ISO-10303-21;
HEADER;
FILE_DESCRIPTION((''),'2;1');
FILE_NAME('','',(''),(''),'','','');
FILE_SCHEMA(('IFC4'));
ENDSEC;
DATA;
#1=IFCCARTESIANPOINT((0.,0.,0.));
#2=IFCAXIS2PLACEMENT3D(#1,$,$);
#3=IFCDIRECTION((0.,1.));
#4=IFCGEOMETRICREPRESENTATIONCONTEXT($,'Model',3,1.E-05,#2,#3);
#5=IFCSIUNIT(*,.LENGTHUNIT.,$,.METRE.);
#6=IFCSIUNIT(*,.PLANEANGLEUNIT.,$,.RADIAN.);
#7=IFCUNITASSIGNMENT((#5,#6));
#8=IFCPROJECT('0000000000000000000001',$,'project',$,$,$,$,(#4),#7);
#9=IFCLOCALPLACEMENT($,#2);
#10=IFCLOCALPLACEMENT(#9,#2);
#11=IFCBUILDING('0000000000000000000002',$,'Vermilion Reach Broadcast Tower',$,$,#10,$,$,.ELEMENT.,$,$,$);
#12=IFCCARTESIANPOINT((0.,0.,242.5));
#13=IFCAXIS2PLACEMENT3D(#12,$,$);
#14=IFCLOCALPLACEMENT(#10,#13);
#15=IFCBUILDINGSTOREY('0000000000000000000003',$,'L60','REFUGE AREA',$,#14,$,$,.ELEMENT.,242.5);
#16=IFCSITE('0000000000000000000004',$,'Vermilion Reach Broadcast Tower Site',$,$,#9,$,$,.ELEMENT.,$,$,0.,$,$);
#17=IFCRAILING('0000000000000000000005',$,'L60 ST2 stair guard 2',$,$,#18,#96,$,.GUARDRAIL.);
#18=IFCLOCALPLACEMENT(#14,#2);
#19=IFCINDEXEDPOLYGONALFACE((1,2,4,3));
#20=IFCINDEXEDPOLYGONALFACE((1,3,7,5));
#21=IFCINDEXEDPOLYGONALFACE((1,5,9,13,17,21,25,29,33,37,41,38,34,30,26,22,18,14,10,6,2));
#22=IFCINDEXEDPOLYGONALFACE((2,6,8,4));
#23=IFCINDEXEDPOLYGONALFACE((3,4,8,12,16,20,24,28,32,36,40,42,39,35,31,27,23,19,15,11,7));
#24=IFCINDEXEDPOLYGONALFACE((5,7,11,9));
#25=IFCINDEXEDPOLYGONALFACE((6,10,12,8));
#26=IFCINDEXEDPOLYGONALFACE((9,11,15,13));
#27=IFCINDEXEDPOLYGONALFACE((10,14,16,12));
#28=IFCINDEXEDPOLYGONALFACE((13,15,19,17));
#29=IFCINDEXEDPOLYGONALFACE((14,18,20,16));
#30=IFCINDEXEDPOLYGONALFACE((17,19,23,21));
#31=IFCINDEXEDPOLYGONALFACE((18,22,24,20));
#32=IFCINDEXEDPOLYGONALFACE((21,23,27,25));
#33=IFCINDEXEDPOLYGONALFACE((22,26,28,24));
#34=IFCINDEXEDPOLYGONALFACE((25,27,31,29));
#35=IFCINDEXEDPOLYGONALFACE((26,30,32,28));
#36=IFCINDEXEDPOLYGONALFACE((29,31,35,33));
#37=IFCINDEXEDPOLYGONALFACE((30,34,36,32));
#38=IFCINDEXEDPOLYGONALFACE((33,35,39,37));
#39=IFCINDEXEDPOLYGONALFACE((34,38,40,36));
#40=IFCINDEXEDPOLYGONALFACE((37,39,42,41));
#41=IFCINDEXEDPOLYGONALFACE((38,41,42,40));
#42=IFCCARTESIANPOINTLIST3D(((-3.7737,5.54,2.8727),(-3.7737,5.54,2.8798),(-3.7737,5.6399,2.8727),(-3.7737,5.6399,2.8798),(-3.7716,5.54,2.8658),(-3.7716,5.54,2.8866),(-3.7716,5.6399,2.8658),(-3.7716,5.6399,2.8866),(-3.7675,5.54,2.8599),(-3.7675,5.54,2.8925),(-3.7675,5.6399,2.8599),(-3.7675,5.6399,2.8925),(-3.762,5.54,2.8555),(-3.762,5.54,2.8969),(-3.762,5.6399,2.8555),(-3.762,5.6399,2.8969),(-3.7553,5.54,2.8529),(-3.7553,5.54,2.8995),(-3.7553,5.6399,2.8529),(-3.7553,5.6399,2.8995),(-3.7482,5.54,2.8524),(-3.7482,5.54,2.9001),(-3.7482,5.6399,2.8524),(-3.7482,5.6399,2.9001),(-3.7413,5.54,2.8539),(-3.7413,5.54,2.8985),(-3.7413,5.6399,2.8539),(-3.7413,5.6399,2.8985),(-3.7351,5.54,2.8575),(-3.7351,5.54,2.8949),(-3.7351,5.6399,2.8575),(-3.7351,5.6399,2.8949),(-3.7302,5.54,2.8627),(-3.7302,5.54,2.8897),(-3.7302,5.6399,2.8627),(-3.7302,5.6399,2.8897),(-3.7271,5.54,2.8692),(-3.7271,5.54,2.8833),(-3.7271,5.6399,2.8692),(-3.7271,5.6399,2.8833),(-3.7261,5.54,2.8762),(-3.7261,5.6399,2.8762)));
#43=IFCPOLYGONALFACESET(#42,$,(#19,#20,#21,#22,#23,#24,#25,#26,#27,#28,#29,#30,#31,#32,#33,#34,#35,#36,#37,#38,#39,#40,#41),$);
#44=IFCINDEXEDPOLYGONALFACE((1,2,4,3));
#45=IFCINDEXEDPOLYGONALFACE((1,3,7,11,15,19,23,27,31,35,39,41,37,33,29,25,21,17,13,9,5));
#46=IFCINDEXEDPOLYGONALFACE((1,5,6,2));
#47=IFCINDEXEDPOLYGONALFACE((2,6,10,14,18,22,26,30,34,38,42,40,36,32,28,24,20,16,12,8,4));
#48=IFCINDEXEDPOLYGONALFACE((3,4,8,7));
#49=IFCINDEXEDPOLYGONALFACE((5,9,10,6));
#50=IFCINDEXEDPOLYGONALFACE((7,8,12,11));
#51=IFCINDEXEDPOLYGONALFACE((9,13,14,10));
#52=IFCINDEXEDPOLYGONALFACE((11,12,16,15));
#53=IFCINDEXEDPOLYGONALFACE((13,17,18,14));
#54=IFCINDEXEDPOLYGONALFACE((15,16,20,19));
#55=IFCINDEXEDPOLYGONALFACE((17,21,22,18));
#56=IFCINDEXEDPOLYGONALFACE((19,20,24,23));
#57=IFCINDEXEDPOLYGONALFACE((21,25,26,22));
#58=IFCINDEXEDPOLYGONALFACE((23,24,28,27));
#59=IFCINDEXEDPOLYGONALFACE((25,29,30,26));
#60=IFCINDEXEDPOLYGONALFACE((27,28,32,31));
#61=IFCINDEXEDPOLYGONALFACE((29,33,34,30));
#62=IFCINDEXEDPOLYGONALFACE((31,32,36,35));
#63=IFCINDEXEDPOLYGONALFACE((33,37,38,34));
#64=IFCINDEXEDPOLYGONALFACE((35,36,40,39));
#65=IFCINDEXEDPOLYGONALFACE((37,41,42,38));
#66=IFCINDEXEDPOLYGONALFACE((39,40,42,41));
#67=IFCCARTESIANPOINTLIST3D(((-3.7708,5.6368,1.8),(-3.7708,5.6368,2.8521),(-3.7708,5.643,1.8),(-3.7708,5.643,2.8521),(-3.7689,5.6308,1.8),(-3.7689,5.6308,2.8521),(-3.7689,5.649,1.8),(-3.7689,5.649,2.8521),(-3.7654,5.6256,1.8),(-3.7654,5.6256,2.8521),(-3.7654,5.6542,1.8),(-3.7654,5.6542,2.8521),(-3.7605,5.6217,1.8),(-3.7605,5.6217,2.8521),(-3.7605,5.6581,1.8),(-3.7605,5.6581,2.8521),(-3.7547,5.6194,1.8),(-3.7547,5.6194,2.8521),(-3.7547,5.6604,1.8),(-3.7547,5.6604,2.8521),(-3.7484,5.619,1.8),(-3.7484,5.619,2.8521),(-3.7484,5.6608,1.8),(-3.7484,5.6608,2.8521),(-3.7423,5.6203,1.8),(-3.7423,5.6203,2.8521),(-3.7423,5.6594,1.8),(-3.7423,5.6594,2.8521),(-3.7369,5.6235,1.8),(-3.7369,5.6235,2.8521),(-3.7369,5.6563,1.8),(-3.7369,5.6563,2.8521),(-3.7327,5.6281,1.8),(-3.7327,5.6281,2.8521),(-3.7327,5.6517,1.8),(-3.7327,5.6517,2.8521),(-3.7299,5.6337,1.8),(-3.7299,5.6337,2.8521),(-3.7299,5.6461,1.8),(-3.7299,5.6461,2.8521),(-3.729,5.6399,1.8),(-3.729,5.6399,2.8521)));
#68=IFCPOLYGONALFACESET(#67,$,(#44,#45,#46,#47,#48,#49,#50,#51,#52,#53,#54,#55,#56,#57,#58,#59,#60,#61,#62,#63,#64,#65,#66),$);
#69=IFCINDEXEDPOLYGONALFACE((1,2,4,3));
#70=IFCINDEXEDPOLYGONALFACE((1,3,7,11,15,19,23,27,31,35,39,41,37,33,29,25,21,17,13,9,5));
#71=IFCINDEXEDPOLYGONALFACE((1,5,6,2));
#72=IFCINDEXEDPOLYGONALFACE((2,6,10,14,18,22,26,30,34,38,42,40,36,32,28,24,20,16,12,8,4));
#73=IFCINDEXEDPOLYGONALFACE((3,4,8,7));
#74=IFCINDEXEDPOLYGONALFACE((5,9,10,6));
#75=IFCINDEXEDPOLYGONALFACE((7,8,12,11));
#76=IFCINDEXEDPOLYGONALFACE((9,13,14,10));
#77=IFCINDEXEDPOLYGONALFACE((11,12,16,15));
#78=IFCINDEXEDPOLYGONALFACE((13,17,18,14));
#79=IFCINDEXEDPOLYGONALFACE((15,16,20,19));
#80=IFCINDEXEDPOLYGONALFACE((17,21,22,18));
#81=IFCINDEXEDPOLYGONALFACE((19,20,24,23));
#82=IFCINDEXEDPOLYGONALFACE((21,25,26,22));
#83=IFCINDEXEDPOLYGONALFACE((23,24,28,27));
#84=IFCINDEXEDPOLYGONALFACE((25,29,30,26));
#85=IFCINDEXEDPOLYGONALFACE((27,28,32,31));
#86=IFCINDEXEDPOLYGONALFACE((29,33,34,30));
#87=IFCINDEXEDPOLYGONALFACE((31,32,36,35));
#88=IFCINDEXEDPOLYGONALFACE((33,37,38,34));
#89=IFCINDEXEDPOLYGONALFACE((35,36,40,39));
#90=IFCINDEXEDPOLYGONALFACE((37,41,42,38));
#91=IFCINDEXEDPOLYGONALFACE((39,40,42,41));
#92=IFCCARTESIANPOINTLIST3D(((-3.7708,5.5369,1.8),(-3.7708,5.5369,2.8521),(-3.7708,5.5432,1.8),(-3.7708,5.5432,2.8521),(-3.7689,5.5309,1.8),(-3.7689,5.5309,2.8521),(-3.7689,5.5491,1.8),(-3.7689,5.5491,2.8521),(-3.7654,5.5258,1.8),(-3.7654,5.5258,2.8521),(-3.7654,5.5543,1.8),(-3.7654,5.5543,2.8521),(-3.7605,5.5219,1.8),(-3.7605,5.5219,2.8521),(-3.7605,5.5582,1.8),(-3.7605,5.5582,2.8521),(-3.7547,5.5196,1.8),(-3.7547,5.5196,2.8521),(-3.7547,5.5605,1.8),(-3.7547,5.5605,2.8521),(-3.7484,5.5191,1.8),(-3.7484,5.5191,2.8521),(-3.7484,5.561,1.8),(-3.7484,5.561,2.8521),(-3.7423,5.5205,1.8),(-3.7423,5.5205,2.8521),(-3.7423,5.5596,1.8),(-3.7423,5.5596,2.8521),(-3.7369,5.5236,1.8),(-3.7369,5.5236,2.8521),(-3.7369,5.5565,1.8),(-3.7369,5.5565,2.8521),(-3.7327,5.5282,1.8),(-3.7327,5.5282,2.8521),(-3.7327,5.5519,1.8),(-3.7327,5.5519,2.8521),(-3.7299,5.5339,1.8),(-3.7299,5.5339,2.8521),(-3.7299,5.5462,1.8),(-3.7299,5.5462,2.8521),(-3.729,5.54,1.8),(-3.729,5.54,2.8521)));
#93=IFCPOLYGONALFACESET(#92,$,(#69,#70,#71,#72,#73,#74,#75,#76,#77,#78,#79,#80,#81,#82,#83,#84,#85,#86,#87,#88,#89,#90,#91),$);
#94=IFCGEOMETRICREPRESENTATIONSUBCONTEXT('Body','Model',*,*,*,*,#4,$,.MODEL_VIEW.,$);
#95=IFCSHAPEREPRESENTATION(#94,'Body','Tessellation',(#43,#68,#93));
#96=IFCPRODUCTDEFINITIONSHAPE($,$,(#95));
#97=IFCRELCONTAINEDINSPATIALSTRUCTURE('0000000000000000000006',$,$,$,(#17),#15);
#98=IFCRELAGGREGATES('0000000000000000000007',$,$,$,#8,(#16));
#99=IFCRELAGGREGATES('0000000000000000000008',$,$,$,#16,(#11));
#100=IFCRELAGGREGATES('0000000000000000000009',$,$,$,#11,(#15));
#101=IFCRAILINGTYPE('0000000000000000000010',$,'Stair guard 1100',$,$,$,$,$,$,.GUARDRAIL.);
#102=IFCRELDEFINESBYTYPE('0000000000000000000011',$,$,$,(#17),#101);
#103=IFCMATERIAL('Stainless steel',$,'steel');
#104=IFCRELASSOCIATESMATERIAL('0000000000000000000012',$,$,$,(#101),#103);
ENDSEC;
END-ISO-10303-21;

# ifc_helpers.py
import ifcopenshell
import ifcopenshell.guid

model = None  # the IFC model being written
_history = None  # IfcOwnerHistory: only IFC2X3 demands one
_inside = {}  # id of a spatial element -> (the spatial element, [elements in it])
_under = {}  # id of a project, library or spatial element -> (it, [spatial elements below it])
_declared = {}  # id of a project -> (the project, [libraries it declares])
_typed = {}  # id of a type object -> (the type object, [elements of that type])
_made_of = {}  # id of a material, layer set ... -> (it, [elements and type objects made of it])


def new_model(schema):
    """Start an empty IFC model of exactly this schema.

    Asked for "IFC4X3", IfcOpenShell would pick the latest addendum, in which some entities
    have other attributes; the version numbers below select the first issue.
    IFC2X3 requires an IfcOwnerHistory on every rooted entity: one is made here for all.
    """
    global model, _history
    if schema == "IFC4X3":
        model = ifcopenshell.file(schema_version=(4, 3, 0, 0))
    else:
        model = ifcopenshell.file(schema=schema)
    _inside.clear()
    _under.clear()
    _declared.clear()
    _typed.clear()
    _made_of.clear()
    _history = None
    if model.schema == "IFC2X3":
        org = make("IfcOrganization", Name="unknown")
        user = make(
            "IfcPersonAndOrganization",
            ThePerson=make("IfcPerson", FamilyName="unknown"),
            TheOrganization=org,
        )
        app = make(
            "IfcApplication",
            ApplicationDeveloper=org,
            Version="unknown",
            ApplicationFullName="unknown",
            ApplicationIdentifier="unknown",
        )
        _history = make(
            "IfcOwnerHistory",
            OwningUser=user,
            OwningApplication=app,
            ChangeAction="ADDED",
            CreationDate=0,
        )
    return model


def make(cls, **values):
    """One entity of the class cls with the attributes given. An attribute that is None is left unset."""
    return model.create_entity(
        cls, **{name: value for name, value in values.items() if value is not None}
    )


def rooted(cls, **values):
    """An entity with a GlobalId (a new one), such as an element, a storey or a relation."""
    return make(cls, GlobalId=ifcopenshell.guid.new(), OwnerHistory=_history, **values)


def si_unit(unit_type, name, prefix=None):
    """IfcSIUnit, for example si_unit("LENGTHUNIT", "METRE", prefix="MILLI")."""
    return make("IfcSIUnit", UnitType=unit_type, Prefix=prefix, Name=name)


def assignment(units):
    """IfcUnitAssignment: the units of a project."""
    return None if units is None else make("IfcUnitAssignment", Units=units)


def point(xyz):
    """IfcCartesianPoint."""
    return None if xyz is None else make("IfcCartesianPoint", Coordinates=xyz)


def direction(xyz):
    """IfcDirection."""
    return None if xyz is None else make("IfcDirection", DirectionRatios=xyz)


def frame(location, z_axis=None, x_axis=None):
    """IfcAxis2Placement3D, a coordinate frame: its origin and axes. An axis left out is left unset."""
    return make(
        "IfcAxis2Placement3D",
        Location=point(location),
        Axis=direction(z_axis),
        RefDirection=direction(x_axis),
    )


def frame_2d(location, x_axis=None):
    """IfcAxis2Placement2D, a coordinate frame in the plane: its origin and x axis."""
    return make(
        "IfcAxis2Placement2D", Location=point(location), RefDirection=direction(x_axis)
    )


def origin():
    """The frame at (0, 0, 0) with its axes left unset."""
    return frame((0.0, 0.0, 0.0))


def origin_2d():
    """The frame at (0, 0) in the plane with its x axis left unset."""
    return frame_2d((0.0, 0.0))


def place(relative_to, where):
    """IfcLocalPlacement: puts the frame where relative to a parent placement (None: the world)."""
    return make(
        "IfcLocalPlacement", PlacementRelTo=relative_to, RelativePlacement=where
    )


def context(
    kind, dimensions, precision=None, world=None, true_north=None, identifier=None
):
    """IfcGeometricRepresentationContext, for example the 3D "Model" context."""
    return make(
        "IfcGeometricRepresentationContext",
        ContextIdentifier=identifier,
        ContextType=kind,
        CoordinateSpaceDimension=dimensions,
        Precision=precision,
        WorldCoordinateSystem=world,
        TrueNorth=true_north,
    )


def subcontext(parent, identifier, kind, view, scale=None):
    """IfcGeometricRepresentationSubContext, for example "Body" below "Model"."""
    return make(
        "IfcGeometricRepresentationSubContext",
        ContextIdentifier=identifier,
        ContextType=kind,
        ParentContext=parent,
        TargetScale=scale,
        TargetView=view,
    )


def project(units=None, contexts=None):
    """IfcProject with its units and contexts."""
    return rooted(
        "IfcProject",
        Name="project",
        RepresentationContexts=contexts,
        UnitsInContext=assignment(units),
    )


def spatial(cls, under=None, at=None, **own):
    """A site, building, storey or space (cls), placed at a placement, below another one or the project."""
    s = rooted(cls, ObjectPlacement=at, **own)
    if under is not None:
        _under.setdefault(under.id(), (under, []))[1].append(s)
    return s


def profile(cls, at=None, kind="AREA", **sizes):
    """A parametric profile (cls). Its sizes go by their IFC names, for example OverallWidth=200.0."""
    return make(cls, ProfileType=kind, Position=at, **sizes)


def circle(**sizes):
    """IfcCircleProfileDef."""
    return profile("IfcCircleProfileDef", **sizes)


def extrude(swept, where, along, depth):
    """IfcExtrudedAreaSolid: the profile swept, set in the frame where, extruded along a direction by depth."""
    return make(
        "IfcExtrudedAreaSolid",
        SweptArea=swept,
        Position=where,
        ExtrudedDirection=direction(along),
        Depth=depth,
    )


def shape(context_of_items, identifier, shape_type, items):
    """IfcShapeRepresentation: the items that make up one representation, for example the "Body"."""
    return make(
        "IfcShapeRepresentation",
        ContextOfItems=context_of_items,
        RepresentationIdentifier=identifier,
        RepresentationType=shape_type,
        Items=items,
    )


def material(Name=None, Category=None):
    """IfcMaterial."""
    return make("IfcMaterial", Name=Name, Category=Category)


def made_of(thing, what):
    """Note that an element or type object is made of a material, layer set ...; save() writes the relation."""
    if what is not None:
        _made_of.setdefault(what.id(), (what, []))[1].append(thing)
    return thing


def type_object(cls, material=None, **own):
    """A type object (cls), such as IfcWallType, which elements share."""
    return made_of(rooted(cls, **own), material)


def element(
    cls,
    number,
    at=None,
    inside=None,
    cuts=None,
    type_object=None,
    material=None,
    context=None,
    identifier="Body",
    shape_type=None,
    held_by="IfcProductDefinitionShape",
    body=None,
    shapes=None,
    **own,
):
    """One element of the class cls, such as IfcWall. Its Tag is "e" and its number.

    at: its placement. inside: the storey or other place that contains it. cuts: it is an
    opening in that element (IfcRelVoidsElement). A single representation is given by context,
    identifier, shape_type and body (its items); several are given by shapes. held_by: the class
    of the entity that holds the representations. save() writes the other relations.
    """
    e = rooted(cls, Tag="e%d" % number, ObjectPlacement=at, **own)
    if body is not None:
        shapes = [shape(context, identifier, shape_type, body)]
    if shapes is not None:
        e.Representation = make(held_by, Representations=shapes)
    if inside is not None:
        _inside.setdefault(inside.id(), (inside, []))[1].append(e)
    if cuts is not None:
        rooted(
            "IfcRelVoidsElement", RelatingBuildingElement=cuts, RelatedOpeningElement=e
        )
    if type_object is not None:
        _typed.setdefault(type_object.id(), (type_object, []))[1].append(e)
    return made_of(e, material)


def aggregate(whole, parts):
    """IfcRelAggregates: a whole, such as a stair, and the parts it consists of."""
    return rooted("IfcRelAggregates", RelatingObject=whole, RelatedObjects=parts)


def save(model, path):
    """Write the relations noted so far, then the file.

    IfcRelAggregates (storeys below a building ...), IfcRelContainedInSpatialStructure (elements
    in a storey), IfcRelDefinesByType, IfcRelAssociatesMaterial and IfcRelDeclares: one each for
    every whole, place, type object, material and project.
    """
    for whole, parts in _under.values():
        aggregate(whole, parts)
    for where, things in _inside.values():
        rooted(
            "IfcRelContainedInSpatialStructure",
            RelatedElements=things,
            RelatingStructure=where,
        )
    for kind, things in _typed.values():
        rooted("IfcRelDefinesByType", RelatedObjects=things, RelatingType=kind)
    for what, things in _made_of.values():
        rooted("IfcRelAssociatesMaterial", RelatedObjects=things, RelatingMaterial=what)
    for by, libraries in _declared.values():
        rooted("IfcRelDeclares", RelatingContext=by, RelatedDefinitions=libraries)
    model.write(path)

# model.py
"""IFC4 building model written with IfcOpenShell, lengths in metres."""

from ifc_helpers import new_model, si_unit, direction, frame, origin, origin_2d, place, context, subcontext, project, spatial, circle, extrude, material, type_object, element, save


model = new_model("IFC4")

# Units and contexts
model_context = context("Model", 3, precision=1e-05, world=origin(), true_north=direction((0.0, 1.0)))
body_context = subcontext(model_context, "Body", "Model", "MODEL_VIEW")
ifc_project = project(units=[si_unit("LENGTHUNIT", "METRE"), si_unit("PLANEANGLEUNIT", "RADIAN")], contexts=[model_context])

# Site, building, storey
site_placement = place(None, origin())
site = spatial("IfcSite", under=ifc_project, at=site_placement, Name="Vermilion Reach Broadcast Tower Site", CompositionType="ELEMENT", RefElevation=0.0)
building_placement = place(site_placement, origin())
building = spatial("IfcBuilding", under=site, at=building_placement, Name="Vermilion Reach Broadcast Tower", CompositionType="ELEMENT")
storey_placement = place(building_placement, frame((0.0, 0.0, 242.5)))
storey = spatial("IfcBuildingStorey", under=building, at=storey_placement, Name="L60", Description="REFUGE AREA", CompositionType="ELEMENT", Elevation=242.5)

# Railing
ifc_material_1 = material(Name="Stainless steel", Category="steel")
railing_type_1 = type_object("IfcRailingType", Name="Stair guard 1100", PredefinedType="GUARDRAIL", material=ifc_material_1)
railing_1_placement = place(storey_placement, frame((-3.75, 5.6399, 1.8)))
element("IfcRailing", 1, at=railing_1_placement, inside=storey, type_object=railing_type_1, Name="L60 ST2 stair guard 2", PredefinedType="GUARDRAIL", context=body_context, shape_type="SweptSolid", body=[
    extrude(circle(Radius=0.0239, at=origin_2d()), frame((0.0, 0.0, 1.0762), z_axis=(0.0, -1.0, 0.0), x_axis=(1.0, 0.0, 0.0)), (0.0, 0.0, 1.0), 0.0999),
    extrude(circle(Radius=0.021, at=origin_2d()), origin(), (0.0, 0.0, 1.0), 1.052),
    extrude(circle(Radius=0.021, at=origin_2d()), frame((0.0, -0.0999, 0.0)), (0.0, 0.0, 1.0), 1.052),
])

save(model, "model.ifc")
